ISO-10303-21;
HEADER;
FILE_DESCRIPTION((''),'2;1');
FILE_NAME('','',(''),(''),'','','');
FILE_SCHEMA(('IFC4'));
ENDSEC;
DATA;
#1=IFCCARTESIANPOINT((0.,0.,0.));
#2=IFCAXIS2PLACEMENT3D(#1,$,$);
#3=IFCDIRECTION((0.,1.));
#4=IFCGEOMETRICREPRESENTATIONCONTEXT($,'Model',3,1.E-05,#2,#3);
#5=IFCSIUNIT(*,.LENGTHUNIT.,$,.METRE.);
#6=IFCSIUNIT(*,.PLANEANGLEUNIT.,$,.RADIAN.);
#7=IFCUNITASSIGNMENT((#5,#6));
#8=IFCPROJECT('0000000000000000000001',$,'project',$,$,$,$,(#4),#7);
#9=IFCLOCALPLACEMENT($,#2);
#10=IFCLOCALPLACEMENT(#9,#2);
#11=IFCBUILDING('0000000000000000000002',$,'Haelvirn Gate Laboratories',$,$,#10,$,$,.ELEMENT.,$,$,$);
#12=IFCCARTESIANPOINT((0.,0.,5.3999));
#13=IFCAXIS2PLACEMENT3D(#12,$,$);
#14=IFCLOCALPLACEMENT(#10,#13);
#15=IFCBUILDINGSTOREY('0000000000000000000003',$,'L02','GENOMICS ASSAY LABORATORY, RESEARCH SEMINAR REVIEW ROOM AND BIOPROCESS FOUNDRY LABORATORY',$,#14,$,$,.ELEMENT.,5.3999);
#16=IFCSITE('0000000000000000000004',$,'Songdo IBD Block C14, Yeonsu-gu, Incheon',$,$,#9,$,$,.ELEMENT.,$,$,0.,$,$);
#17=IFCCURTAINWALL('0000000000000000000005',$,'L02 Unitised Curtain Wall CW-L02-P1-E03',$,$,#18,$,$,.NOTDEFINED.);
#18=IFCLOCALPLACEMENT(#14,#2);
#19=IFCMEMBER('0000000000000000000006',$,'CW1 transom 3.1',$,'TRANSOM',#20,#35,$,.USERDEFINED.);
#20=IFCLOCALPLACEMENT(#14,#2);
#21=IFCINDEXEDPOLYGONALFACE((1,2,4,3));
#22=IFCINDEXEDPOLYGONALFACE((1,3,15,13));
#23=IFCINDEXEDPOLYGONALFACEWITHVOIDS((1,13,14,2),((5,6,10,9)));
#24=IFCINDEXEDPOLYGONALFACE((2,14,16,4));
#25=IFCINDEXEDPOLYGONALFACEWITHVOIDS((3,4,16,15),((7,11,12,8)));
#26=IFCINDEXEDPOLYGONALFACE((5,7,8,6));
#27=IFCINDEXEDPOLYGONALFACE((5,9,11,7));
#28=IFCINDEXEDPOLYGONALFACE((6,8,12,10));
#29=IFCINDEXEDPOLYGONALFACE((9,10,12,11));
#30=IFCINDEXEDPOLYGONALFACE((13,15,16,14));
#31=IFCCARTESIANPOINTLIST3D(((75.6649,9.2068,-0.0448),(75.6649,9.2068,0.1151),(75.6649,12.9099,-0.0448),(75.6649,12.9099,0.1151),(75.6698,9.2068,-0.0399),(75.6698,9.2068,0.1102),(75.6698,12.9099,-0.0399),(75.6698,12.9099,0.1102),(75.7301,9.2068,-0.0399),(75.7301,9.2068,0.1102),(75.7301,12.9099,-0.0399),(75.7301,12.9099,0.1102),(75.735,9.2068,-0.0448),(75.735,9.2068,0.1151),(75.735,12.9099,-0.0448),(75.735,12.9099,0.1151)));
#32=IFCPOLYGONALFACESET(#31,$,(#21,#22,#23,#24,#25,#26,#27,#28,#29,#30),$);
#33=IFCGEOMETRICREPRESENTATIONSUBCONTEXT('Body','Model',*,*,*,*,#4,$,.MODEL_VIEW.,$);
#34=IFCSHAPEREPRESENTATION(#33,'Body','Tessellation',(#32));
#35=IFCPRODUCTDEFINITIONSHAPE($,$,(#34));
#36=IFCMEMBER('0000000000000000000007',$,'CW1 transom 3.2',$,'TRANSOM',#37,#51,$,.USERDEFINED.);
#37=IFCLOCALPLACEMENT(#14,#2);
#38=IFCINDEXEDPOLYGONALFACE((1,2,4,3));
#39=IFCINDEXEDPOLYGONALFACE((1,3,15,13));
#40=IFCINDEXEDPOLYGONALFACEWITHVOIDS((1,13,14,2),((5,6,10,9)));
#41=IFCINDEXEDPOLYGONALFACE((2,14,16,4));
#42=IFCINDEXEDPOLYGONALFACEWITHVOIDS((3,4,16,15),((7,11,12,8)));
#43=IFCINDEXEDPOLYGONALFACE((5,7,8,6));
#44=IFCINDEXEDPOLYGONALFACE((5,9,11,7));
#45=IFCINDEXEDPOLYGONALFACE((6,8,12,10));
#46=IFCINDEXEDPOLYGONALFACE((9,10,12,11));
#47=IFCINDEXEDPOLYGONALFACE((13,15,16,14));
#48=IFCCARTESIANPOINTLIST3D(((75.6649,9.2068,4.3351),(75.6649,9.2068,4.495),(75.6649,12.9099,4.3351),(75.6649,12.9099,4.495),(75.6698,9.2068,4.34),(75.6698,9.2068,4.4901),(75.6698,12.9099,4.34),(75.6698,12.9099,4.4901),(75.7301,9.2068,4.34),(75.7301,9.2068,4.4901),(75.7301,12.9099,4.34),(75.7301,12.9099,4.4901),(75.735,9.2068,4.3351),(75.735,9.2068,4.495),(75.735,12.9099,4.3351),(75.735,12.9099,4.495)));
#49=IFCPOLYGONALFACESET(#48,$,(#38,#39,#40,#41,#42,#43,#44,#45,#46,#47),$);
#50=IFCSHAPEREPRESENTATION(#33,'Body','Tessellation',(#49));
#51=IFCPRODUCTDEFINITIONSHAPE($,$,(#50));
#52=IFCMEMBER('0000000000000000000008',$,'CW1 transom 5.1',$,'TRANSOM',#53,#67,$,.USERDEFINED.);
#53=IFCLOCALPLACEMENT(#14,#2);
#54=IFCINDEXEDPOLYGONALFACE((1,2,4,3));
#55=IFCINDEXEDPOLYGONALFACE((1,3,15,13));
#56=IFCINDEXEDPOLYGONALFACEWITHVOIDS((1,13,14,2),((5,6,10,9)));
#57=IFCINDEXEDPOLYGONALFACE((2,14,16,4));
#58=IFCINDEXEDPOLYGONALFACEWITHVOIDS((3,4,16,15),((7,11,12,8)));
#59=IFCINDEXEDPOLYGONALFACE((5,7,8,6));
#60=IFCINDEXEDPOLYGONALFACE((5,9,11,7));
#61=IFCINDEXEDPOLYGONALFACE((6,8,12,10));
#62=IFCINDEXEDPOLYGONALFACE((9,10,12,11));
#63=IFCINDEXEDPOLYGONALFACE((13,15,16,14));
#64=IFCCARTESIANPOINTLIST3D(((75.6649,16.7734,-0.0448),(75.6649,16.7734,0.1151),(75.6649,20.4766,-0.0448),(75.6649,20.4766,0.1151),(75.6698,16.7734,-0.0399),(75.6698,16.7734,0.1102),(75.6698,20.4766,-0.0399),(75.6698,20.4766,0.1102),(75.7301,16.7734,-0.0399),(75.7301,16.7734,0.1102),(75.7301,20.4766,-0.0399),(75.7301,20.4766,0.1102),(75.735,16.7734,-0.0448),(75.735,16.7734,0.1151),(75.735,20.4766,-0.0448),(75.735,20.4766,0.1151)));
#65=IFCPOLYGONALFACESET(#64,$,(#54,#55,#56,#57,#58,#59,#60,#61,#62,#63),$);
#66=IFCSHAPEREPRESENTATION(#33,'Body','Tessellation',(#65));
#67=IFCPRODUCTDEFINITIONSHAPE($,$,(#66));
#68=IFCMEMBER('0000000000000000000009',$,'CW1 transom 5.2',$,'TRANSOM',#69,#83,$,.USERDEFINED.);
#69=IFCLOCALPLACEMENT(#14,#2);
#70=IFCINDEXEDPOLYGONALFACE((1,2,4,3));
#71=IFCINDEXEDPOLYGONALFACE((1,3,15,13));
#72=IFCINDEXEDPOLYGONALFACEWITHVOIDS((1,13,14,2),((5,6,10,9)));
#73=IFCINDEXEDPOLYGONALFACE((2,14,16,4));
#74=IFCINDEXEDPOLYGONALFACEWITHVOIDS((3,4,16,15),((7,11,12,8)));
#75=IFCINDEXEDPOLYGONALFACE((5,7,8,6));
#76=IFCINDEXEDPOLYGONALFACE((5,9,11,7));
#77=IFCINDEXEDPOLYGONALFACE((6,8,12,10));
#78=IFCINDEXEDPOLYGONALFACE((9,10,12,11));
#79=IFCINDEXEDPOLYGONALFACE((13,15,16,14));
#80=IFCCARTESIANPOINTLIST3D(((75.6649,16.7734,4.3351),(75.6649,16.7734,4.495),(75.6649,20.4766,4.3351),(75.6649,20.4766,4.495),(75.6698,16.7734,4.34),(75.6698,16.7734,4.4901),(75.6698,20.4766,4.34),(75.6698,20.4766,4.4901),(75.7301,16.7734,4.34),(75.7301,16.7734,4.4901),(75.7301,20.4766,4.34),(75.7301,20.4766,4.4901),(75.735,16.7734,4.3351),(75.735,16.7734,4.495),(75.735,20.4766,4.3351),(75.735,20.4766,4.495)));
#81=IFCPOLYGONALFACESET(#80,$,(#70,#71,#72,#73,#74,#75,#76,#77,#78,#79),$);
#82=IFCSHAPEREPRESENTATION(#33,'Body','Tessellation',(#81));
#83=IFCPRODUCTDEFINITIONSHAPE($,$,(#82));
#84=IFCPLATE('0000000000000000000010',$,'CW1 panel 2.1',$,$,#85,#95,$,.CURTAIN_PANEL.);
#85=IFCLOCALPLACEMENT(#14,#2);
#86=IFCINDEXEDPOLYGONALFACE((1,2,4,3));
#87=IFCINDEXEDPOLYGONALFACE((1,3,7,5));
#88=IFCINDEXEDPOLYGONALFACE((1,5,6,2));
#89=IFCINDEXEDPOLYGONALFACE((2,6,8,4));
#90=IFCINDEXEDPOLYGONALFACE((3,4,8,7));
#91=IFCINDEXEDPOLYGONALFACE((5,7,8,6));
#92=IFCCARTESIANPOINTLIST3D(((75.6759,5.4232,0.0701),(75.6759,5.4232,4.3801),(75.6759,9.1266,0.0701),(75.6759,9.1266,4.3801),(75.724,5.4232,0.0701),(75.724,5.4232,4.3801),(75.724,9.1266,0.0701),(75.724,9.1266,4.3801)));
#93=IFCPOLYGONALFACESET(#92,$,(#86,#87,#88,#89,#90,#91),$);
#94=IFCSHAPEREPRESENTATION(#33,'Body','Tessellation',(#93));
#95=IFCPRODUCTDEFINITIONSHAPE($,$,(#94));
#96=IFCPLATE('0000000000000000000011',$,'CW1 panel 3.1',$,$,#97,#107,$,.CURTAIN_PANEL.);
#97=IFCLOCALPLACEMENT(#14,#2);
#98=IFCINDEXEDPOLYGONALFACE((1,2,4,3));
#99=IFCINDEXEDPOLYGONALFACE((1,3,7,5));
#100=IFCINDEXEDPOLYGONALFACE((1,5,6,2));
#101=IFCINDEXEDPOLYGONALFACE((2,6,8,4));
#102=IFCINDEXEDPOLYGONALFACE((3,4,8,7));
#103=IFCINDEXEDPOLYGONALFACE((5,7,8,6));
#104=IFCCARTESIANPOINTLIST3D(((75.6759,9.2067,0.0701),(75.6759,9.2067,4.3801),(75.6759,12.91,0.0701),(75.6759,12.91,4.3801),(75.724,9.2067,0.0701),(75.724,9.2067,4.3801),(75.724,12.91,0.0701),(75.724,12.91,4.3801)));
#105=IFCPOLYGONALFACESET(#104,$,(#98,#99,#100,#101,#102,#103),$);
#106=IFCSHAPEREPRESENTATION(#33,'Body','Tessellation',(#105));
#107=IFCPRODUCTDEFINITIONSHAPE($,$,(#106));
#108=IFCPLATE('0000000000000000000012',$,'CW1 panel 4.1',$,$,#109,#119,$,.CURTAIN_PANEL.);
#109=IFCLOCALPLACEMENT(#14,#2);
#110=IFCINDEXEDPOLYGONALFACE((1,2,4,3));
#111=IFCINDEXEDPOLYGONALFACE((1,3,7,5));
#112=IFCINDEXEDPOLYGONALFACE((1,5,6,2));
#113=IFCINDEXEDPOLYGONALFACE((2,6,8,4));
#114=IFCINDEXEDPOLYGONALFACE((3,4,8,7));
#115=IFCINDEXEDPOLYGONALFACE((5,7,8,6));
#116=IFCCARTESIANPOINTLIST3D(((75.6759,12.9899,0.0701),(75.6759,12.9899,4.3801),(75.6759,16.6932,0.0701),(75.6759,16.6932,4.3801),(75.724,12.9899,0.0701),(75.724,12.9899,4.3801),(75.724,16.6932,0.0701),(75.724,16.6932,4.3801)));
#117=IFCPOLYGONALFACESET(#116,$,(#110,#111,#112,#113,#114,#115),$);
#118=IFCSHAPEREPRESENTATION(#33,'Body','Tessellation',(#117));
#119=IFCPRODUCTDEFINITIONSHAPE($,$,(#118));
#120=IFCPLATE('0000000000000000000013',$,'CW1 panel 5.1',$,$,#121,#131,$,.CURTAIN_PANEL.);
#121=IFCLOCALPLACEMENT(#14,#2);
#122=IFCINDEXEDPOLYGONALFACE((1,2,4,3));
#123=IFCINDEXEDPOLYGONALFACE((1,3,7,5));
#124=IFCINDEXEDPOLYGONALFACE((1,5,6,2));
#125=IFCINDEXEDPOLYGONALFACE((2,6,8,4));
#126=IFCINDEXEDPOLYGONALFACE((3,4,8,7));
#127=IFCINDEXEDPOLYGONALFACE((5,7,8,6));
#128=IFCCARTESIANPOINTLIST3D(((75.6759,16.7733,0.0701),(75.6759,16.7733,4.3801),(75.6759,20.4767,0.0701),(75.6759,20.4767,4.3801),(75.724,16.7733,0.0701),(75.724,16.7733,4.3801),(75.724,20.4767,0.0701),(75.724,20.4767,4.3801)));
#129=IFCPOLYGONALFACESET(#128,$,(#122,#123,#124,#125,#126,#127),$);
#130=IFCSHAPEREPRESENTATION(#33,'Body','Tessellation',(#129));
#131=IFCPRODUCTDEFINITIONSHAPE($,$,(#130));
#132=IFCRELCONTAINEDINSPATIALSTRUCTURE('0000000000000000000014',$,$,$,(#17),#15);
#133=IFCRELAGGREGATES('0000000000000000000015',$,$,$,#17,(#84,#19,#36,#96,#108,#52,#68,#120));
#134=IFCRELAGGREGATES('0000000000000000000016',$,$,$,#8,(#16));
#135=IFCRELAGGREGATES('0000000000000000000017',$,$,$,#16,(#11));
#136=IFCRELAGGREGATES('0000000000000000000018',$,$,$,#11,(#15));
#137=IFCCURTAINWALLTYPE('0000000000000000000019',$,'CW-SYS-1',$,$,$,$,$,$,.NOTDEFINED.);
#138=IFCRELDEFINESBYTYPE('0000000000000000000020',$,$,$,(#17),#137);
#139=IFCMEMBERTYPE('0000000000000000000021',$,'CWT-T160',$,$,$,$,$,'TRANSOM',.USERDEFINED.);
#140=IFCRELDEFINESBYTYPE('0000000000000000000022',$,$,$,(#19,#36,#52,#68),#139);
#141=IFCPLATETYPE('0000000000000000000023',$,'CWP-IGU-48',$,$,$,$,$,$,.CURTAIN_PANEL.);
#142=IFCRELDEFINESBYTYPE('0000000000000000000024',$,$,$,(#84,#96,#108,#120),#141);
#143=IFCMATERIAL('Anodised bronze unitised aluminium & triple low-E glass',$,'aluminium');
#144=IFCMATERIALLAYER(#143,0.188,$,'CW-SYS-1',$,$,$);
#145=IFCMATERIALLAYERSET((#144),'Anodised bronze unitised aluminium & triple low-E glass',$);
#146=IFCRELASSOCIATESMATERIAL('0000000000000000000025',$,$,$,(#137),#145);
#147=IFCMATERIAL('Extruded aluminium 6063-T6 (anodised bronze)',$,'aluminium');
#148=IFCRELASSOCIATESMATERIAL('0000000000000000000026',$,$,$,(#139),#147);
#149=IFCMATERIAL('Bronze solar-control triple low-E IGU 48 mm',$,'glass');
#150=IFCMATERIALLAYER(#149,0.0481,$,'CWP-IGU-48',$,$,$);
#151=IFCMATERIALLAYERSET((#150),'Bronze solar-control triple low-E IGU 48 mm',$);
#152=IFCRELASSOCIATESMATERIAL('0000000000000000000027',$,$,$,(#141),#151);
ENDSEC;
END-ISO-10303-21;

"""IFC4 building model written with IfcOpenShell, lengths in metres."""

from ifc_helpers import new_model, si_unit, direction, frame, origin, origin_2d, place, context, subcontext, project, spatial, rectangle, hollow_rectangle, extrude, source, transform, mapped, material, layer, layer_set, material_profile, profile_set, type_object, type_shapes, element, aggregate, save


model = new_model("IFC4")

# Units and contexts
model_context = context("Model", 3, precision=1e-05, world=origin(), true_north=direction((0.0, 1.0)))
body_context = subcontext(model_context, "Body", "Model", "MODEL_VIEW")
ifc_project = project(units=[si_unit("LENGTHUNIT", "METRE"), si_unit("PLANEANGLEUNIT", "RADIAN")], contexts=[model_context])

# Site, building, storey
site_placement = place(None, origin())
site = spatial("IfcSite", under=ifc_project, at=site_placement, Name="Songdo IBD Block C14, Yeonsu-gu, Incheon", CompositionType="ELEMENT", RefElevation=0.0)
building_placement = place(site_placement, origin())
building = spatial("IfcBuilding", under=site, at=building_placement, Name="Haelvirn Gate Laboratories", CompositionType="ELEMENT")
storey_placement = place(building_placement, frame((0.0, 0.0, 5.3999)))
storey = spatial("IfcBuildingStorey", under=building, at=storey_placement, Name="L02", Description="GENOMICS ASSAY LABORATORY, RESEARCH SEMINAR REVIEW ROOM AND BIOPROCESS FOUNDRY LABORATORY", CompositionType="ELEMENT", Elevation=5.3999)

# Curtain wall, members, plates
ifc_material_1 = material(Name="Anodised bronze unitised aluminium & triple low-E glass", Category="aluminium")
ifc_layer_1 = layer(ifc_material_1, 0.188, Name="CW-SYS-1")
ifc_layer_set_1 = layer_set([ifc_layer_1], Name="Anodised bronze unitised aluminium & triple low-E glass")
curtain_wall_type = type_object("IfcCurtainWallType", Name="CW-SYS-1", PredefinedType="NOTDEFINED", material=ifc_layer_set_1)
curtain_wall_placement = place(storey_placement, origin())
curtain_wall = element("IfcCurtainWall", 1, at=curtain_wall_placement, inside=storey, type_object=curtain_wall_type, Name="L02 Unitised Curtain Wall CW-L02-P1-E03", PredefinedType="NOTDEFINED")
ifc_material_2 = material(Name="Extruded aluminium 6063-T6 (anodised bronze)", Category="aluminium")
ifc_material_profile_1 = material_profile(ifc_material_2, hollow_rectangle(XDim=0.0701, YDim=0.1599, WallThickness=0.0049, at=origin_2d()), Name="CWT-160x70x5")
ifc_profile_set_1 = profile_set([ifc_material_profile_1], Name="Extruded aluminium 6063-T6 (anodised bronze)")
member_type_1 = type_object("IfcMemberType", Name="CWT-T160", ElementType="TRANSOM", PredefinedType="USERDEFINED", material=ifc_profile_set_1)
shared_shape_1 = source(origin(), body_context, "Body", "SweptSolid", [
    extrude(hollow_rectangle(XDim=0.0701, YDim=0.1599, WallThickness=0.0049, at=origin_2d()), origin(), (0.0, 0.0, 1.0), 3.7031),
])
member_1_placement = place(storey_placement, frame((75.7, 9.2068, 0.0352), z_axis=(0.0, 1.0, 0.0), x_axis=(-1.0, 0.0, 0.0)))
member_1 = element("IfcMember", 2, at=member_1_placement, type_object=member_type_1, Name="CW1 transom 3.1", ObjectType="TRANSOM", PredefinedType="USERDEFINED", context=body_context, shape_type="MappedRepresentation", body=[
    mapped(shared_shape_1, transform((0.0, 0.0, 0.0), scale=1.0)),
])
member_2_placement = place(storey_placement, frame((75.7, 9.2068, 4.415), z_axis=(0.0, 1.0, 0.0), x_axis=(-1.0, 0.0, 0.0)))
member_2 = element("IfcMember", 3, at=member_2_placement, type_object=member_type_1, Name="CW1 transom 3.2", ObjectType="TRANSOM", PredefinedType="USERDEFINED", context=body_context, shape_type="MappedRepresentation", body=[
    mapped(shared_shape_1, transform((0.0, 0.0, 0.0), scale=1.0)),
])
member_3_placement = place(storey_placement, frame((75.7, 16.7734, 0.0352), z_axis=(0.0, 1.0, 0.0), x_axis=(-1.0, 0.0, 0.0)))
member_3 = element("IfcMember", 4, at=member_3_placement, type_object=member_type_1, Name="CW1 transom 5.1", ObjectType="TRANSOM", PredefinedType="USERDEFINED", context=body_context, shape_type="MappedRepresentation", body=[
    mapped(shared_shape_1, transform((0.0, 0.0, 0.0), scale=1.0)),
])
member_4_placement = place(storey_placement, frame((75.7, 16.7734, 4.415), z_axis=(0.0, 1.0, 0.0), x_axis=(-1.0, 0.0, 0.0)))
member_4 = element("IfcMember", 5, at=member_4_placement, type_object=member_type_1, Name="CW1 transom 5.2", ObjectType="TRANSOM", PredefinedType="USERDEFINED", context=body_context, shape_type="MappedRepresentation", body=[
    mapped(shared_shape_1, transform((0.0, 0.0, 0.0), scale=1.0)),
])
ifc_material_3 = material(Name="Bronze solar-control triple low-E IGU 48 mm", Category="glass")
ifc_layer_2 = layer(ifc_material_3, 0.0481, Name="CWP-IGU-48")
ifc_layer_set_2 = layer_set([ifc_layer_2], Name="Bronze solar-control triple low-E IGU 48 mm")
plate_type = type_object("IfcPlateType", Name="CWP-IGU-48", PredefinedType="CURTAIN_PANEL", material=ifc_layer_set_2)
shared_shape_2 = source(origin(), body_context, "Body", "SweptSolid", [
    extrude(rectangle(XDim=3.7034, YDim=0.0481, at=origin_2d()), origin(), (0.0, 0.0, 1.0), 4.3101),
])
type_shapes(plate_type, [shared_shape_2])
plate_1_placement = place(storey_placement, frame((75.7, 7.2749, 0.0701), z_axis=(0.0, 0.0, 1.0), x_axis=(0.0, 1.0, 0.0)))
plate_1 = element("IfcPlate", 6, at=plate_1_placement, type_object=plate_type, Name="CW1 panel 2.1", PredefinedType="CURTAIN_PANEL", context=body_context, shape_type="MappedRepresentation", body=[
    mapped(shared_shape_2, transform((0.0, 0.0, 0.0), scale=1.0)),
])
plate_2_placement = place(storey_placement, frame((75.7, 11.0583, 0.0701), z_axis=(0.0, 0.0, 1.0), x_axis=(0.0, 1.0, 0.0)))
plate_2 = element("IfcPlate", 7, at=plate_2_placement, type_object=plate_type, Name="CW1 panel 3.1", PredefinedType="CURTAIN_PANEL", context=body_context, shape_type="MappedRepresentation", body=[
    mapped(shared_shape_2, transform((0.0, 0.0, 0.0), scale=1.0)),
])
plate_3_placement = place(storey_placement, frame((75.7, 14.8416, 0.0701), z_axis=(0.0, 0.0, 1.0), x_axis=(0.0, 1.0, 0.0)))
plate_3 = element("IfcPlate", 8, at=plate_3_placement, type_object=plate_type, Name="CW1 panel 4.1", PredefinedType="CURTAIN_PANEL", context=body_context, shape_type="MappedRepresentation", body=[
    mapped(shared_shape_2, transform((0.0, 0.0, 0.0), scale=1.0)),
])
plate_4_placement = place(storey_placement, frame((75.7, 18.625, 0.0701), z_axis=(0.0, 0.0, 1.0), x_axis=(0.0, 1.0, 0.0)))
plate_4 = element("IfcPlate", 9, at=plate_4_placement, type_object=plate_type, Name="CW1 panel 5.1", PredefinedType="CURTAIN_PANEL", context=body_context, shape_type="MappedRepresentation", body=[
    mapped(shared_shape_2, transform((0.0, 0.0, 0.0), scale=1.0)),
])
aggregate(curtain_wall, [plate_1, member_1, member_2, plate_2, plate_3, member_3, member_4, plate_4])

save(model, "model.ifc")
